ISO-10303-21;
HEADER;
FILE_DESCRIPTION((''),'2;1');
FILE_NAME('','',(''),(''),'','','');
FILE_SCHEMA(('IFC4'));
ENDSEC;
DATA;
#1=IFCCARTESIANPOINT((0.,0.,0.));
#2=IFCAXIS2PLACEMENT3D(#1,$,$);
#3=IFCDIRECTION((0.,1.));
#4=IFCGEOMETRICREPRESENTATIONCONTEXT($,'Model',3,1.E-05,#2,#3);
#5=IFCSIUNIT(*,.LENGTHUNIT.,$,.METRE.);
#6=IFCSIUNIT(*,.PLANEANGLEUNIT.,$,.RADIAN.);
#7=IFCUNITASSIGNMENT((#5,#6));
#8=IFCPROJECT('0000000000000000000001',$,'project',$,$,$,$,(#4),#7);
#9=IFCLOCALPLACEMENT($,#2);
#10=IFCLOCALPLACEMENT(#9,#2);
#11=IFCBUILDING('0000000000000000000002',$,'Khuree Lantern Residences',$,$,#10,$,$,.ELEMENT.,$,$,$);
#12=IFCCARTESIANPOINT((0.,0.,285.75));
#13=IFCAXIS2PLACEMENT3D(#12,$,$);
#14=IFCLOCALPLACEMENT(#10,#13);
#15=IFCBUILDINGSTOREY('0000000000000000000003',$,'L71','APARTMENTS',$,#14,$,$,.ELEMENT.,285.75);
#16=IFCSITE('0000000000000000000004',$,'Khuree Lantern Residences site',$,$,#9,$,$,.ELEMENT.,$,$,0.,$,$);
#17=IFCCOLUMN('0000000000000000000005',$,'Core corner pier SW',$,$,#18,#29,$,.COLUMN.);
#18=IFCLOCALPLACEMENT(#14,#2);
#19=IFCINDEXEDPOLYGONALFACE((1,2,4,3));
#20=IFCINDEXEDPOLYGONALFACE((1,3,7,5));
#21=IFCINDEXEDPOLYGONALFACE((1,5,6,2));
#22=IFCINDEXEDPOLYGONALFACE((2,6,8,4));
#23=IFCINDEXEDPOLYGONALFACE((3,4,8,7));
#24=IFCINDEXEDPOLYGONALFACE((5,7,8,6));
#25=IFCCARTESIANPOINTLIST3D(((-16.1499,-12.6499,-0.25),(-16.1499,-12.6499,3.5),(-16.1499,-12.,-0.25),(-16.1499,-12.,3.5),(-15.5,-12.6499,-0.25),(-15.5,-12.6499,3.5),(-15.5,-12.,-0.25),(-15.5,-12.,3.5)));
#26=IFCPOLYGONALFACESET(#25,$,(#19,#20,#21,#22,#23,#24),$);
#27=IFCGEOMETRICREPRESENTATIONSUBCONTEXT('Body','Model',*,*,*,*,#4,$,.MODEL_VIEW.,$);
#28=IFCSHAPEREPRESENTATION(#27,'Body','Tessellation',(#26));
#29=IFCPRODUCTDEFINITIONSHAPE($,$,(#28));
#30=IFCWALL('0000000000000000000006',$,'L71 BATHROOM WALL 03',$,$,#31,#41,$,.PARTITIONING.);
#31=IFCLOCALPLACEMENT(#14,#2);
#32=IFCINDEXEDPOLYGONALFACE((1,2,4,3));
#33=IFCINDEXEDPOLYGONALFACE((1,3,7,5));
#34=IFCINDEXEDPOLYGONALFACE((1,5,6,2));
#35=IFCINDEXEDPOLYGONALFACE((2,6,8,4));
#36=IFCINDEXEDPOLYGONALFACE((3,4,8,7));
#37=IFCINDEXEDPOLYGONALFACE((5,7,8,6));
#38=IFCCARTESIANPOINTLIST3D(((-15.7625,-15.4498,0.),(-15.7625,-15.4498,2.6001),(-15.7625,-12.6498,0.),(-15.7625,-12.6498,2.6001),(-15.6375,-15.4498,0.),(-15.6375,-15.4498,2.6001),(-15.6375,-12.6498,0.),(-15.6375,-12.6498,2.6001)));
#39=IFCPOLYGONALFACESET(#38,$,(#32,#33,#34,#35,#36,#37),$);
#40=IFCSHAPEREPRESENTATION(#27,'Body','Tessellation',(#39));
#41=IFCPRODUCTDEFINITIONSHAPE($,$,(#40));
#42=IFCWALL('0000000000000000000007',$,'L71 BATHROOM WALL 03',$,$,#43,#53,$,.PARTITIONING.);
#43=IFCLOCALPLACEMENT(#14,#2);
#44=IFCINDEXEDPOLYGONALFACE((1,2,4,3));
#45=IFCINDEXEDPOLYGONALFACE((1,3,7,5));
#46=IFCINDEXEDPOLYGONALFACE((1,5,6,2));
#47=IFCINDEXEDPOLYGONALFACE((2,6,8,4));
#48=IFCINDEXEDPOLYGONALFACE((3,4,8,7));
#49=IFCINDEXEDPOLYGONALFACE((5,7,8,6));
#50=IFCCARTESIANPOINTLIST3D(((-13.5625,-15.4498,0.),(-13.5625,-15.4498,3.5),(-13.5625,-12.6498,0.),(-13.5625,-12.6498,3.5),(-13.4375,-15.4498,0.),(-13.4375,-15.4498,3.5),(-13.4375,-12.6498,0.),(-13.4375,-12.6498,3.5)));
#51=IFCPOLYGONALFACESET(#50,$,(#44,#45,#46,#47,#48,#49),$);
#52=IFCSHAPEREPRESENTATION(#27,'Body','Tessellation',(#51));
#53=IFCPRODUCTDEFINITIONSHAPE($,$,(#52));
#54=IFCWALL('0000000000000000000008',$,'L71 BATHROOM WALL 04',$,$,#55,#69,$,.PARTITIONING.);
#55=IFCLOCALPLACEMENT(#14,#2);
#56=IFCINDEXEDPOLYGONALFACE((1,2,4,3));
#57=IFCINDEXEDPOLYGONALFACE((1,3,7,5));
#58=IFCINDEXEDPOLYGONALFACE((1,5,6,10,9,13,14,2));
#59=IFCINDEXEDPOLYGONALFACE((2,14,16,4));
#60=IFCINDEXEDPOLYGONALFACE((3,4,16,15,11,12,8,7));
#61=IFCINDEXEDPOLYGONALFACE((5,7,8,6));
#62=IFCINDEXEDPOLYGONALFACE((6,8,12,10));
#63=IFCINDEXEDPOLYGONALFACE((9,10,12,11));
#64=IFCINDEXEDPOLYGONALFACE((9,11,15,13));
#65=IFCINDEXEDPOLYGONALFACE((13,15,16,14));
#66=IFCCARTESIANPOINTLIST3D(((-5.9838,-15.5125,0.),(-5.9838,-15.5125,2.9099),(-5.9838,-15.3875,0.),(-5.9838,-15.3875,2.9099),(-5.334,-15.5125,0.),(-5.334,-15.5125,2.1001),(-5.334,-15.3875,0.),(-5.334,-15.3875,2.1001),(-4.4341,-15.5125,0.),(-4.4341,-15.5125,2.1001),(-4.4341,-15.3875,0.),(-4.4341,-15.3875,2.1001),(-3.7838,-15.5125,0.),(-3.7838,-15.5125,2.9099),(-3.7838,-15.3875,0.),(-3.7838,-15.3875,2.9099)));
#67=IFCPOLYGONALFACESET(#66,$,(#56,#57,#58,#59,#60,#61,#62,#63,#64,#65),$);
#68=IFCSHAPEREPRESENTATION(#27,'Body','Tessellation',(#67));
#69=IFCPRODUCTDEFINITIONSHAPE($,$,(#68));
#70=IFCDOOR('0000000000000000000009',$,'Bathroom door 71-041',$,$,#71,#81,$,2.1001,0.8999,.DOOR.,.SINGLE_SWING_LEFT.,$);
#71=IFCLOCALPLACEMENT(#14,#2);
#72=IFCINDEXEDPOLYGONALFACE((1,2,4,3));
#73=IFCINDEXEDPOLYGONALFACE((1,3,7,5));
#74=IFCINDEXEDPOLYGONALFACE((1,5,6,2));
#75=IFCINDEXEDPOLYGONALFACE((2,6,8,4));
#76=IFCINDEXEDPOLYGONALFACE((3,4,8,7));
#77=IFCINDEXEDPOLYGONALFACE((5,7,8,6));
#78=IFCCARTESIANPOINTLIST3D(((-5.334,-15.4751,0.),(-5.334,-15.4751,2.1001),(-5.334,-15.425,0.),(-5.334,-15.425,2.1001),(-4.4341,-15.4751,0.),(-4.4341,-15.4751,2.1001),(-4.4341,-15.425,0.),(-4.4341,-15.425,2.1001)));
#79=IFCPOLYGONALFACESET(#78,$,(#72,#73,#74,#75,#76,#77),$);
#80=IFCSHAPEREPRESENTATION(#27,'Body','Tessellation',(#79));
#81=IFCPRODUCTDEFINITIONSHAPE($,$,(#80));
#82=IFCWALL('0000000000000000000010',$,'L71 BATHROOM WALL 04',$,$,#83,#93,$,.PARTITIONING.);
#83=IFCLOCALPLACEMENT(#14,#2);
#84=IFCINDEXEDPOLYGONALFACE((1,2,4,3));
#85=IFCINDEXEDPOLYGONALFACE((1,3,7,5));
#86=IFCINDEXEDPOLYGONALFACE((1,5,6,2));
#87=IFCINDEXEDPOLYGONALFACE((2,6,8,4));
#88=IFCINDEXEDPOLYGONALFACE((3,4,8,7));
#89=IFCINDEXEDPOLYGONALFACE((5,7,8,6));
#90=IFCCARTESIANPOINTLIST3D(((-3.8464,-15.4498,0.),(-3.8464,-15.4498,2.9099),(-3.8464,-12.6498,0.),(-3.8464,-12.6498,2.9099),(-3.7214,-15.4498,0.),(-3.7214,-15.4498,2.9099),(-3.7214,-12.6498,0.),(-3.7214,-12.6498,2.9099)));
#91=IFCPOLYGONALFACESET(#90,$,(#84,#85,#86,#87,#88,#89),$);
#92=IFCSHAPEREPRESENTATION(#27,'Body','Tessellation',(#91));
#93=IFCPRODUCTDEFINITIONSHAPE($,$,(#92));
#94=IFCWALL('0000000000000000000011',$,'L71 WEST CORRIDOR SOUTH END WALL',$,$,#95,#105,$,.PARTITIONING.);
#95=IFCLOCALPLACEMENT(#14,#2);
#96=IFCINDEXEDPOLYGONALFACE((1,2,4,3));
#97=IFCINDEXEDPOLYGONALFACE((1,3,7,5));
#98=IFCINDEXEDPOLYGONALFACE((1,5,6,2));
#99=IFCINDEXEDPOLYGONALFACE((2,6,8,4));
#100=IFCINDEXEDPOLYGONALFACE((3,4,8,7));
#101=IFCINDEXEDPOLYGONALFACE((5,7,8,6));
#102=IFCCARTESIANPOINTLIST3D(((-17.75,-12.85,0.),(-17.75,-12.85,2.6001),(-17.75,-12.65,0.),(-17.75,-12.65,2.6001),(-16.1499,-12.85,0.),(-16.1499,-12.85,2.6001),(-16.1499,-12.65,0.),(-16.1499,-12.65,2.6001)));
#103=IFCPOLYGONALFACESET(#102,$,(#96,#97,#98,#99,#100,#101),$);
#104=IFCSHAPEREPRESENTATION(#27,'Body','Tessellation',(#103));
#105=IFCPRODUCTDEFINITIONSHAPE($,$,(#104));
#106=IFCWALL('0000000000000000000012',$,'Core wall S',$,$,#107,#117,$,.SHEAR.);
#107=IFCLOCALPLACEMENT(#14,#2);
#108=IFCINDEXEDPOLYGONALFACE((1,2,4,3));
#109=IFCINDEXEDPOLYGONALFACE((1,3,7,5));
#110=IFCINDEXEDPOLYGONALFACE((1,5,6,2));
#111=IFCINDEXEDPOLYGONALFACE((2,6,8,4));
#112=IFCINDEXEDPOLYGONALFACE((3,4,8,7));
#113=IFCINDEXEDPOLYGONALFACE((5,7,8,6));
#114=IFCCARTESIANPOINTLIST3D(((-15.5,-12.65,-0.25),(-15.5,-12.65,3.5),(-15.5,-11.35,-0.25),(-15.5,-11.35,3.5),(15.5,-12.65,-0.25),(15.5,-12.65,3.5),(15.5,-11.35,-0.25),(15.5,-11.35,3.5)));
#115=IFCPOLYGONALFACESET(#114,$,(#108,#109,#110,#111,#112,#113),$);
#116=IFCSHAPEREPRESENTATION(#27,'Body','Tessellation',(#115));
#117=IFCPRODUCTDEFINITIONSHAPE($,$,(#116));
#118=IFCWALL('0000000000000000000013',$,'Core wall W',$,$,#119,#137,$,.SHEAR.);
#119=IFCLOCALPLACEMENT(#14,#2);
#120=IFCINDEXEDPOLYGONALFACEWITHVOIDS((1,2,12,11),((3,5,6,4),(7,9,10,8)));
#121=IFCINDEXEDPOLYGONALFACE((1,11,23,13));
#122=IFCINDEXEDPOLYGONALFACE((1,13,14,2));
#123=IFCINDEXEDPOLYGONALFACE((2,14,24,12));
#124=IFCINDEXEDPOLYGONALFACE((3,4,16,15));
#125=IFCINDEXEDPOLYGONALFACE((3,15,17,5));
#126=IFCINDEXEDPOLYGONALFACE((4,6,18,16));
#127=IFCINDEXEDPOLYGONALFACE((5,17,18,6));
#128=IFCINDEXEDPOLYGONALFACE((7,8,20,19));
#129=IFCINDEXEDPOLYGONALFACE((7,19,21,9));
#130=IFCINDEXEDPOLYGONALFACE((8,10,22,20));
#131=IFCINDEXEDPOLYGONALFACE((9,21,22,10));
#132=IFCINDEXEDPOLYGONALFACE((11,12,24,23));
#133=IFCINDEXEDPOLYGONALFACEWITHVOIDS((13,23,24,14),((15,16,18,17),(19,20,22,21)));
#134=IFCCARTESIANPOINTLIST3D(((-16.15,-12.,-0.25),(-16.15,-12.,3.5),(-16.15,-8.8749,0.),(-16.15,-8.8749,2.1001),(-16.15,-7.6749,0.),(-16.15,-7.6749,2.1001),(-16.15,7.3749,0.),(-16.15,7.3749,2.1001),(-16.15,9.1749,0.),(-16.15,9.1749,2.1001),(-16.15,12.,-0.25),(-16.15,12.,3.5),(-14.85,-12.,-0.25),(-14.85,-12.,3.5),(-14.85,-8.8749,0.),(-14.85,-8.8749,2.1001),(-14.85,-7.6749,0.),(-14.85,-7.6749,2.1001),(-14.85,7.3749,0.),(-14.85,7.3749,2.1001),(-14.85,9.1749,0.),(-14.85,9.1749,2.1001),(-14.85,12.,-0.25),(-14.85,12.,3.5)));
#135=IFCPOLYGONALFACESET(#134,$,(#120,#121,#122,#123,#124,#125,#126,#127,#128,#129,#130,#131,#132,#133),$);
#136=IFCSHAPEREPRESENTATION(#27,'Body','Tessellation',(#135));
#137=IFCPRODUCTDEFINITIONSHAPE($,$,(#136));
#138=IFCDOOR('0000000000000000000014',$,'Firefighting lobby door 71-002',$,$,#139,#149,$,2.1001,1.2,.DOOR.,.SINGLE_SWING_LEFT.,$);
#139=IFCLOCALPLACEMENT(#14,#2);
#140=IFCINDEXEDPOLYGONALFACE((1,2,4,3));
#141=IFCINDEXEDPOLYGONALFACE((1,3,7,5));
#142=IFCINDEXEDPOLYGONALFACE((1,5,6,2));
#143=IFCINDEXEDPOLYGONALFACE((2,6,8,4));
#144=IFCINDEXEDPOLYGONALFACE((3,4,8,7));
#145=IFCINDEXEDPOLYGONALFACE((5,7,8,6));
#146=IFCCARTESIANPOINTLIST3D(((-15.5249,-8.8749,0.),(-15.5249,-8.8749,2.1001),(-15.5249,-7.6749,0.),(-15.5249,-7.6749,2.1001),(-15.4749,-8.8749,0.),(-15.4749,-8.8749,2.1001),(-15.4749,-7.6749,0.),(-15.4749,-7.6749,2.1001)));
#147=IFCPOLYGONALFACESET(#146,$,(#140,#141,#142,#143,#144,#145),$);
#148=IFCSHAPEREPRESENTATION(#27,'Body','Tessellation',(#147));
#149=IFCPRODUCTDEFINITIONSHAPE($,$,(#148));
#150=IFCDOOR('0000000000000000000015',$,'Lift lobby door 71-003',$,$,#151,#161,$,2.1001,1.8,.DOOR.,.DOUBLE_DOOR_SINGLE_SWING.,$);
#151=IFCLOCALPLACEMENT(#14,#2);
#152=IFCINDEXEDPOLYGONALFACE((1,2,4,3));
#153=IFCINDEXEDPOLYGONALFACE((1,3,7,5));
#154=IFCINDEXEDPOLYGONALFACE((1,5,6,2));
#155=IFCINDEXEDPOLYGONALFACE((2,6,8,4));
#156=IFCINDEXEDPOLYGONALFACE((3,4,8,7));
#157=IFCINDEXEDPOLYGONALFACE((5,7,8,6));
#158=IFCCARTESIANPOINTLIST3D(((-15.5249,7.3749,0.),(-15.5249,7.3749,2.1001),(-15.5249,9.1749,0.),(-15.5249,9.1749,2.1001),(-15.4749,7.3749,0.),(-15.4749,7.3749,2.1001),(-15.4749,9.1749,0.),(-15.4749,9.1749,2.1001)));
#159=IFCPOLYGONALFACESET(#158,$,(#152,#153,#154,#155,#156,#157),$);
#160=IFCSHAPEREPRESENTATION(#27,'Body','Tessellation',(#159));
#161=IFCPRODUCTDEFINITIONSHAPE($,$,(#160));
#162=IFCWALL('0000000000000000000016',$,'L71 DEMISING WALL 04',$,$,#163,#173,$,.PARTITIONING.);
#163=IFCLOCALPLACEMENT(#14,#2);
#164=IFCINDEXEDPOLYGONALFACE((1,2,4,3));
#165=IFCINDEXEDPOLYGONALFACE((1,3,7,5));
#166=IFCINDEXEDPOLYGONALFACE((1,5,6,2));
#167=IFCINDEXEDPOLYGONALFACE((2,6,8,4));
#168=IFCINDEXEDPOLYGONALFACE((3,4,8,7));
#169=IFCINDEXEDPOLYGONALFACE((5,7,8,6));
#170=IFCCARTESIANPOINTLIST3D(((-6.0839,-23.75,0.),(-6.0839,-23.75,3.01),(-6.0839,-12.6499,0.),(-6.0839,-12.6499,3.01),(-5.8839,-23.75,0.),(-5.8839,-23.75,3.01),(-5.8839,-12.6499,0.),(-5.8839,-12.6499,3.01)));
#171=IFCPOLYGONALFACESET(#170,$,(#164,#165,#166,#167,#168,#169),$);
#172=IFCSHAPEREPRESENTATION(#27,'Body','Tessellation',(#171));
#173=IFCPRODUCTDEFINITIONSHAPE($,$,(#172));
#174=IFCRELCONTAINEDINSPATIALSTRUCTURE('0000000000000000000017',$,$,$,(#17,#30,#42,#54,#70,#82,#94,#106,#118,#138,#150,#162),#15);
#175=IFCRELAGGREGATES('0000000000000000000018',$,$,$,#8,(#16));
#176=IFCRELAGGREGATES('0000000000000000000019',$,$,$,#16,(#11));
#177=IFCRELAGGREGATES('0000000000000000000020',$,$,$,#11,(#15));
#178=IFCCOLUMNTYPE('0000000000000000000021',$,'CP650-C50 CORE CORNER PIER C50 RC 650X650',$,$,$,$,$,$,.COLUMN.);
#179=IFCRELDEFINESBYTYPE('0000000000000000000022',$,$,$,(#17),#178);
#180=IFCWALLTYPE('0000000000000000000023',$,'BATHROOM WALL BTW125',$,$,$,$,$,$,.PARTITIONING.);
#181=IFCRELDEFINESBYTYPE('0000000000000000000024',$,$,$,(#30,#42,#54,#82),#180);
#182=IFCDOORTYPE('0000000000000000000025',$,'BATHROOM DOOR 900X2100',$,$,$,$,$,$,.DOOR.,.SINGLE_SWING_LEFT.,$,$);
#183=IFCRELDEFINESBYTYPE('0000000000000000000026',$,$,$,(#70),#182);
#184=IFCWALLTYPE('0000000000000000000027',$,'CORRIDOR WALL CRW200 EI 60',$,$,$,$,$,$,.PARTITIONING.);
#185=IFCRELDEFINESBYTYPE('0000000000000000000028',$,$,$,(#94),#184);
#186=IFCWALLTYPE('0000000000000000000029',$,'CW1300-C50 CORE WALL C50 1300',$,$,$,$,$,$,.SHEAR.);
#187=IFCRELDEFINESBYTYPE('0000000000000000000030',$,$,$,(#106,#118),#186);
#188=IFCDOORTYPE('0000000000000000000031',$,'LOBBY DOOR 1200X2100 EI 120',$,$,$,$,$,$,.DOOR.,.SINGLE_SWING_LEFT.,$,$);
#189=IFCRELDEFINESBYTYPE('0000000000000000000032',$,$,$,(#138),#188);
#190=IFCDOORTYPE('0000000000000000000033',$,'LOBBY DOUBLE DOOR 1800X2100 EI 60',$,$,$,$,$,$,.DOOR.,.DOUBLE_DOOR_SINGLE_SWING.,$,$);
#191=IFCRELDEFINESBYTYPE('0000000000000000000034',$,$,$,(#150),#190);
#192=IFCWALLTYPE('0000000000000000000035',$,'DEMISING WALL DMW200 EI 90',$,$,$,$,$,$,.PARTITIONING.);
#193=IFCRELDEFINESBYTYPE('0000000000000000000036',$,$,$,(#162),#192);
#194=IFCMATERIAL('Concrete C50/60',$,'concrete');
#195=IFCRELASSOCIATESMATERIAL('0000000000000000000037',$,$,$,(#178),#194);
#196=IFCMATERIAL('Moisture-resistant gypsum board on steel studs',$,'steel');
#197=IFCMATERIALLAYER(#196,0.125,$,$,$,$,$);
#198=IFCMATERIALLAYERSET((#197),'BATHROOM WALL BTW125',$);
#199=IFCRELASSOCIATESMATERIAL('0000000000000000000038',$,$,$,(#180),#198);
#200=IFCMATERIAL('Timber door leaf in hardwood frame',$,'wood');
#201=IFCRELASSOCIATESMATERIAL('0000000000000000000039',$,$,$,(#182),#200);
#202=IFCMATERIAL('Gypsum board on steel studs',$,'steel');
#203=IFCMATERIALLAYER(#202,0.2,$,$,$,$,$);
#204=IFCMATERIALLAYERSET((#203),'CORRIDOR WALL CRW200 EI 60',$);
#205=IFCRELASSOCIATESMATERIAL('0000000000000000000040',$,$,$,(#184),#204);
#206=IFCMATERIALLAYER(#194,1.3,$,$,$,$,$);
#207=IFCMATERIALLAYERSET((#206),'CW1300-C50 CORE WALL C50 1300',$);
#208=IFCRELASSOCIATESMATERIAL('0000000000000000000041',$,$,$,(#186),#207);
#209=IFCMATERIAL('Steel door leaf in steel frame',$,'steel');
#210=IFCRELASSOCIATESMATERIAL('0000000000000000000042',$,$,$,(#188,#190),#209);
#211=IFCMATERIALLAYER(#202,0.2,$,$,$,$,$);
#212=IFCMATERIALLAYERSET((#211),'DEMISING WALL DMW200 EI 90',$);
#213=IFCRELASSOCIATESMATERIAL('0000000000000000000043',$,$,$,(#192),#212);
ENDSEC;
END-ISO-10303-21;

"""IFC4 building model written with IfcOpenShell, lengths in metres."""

from ifc_helpers import new_model, si_unit, direction, frame, frame_2d, origin, origin_2d, place, context, subcontext, project, spatial, rectangle, extrude, material, layer, layer_set, material_profile, profile_set, type_object, element, fill, save


model = new_model("IFC4")

# Units and contexts
model_context = context("Model", 3, precision=1e-05, world=origin(), true_north=direction((0.0, 1.0)))
body_context = subcontext(model_context, "Body", "Model", "MODEL_VIEW")
ifc_project = project(units=[si_unit("LENGTHUNIT", "METRE"), si_unit("PLANEANGLEUNIT", "RADIAN")], contexts=[model_context])

# Site, building, storey
site_placement = place(None, origin())
site = spatial("IfcSite", under=ifc_project, at=site_placement, Name="Khuree Lantern Residences site", CompositionType="ELEMENT", RefElevation=0.0)
building_placement = place(site_placement, origin())
building = spatial("IfcBuilding", under=site, at=building_placement, Name="Khuree Lantern Residences", CompositionType="ELEMENT")
storey_placement = place(building_placement, frame((0.0, 0.0, 285.75)))
storey = spatial("IfcBuildingStorey", under=building, at=storey_placement, Name="L71", Description="APARTMENTS", CompositionType="ELEMENT", Elevation=285.75)

# Column
ifc_material_1 = material(Name="Concrete C50/60", Category="concrete")
ifc_material_profile = material_profile(ifc_material_1, rectangle(XDim=0.6499, YDim=0.6499, at=origin_2d()), Name="RC 650X650")
ifc_profile_set = profile_set([ifc_material_profile], Name="Concrete C50/60")
column_type = type_object("IfcColumnType", Name="CP650-C50 CORE CORNER PIER C50 RC 650X650", PredefinedType="COLUMN", material=ifc_profile_set)
column_placement = place(storey_placement, frame((-15.825, -12.325, -0.25), z_axis=(0.0, 0.0, 1.0), x_axis=(1.0, 0.0, 0.0)))
element("IfcColumn", 1, at=column_placement, inside=storey, type_object=column_type, Name="Core corner pier SW", PredefinedType="COLUMN", context=body_context, shape_type="SweptSolid", body=[
    extrude(rectangle(XDim=0.6499, YDim=0.6499, at=origin_2d()), origin(), (0.0, 0.0, 1.0), 3.75),
])

# Walls
ifc_material_2 = material(Name="Moisture-resistant gypsum board on steel studs", Category="steel")
ifc_layer_1 = layer(ifc_material_2, 0.125)
ifc_layer_set_1 = layer_set([ifc_layer_1], Name="BATHROOM WALL BTW125")
wall_type_1 = type_object("IfcWallType", Name="BATHROOM WALL BTW125", PredefinedType="PARTITIONING", material=ifc_layer_set_1)
wall_1_placement = place(storey_placement, frame((-15.7, -12.6499, 0.0), z_axis=(0.0, 0.0, 1.0), x_axis=(0.0, -1.0, 0.0)))
element("IfcWall", 2, at=wall_1_placement, inside=storey, type_object=wall_type_1, Name="L71 BATHROOM WALL 03", PredefinedType="PARTITIONING", context=body_context, shape_type="SweptSolid", body=[
    extrude(rectangle(XDim=2.8, YDim=0.125, at=frame_2d((1.3999, 0.0))), origin(), (0.0, 0.0, 1.0), 2.6001),
])
wall_2_placement = place(storey_placement, frame((-13.5, -12.6499, 0.0), z_axis=(0.0, 0.0, 1.0), x_axis=(0.0, -1.0, 0.0)))
element("IfcWall", 3, at=wall_2_placement, inside=storey, type_object=wall_type_1, Name="L71 BATHROOM WALL 03", PredefinedType="PARTITIONING", context=body_context, shape_type="SweptSolid", body=[
    extrude(rectangle(XDim=2.8, YDim=0.125, at=frame_2d((1.3999, 0.0))), origin(), (0.0, 0.0, 1.0), 3.5),
])

# Wall, opening, door
wall_3_placement = place(storey_placement, frame((-5.9839, -15.45, 0.0), z_axis=(0.0, 0.0, 1.0), x_axis=(1.0, 0.0, 0.0)))
wall_3 = element("IfcWall", 4, at=wall_3_placement, inside=storey, type_object=wall_type_1, Name="L71 BATHROOM WALL 04", PredefinedType="PARTITIONING", context=body_context, shape_type="SweptSolid", body=[
    extrude(rectangle(XDim=2.2, YDim=0.125, at=frame_2d((1.1001, 0.0))), origin(), (0.0, 0.0, 1.0), 2.9099),
])
opening_1_placement = place(wall_3_placement, frame((0.6499, 0.0, 0.0)))
opening_1 = element("IfcOpeningElement", 5, at=opening_1_placement, cuts=wall_3, PredefinedType="OPENING", context=body_context, shape_type="SweptSolid", body=[
    extrude(rectangle(XDim=0.8999, YDim=2.1001, at=frame_2d((0.45, 1.05))), frame((0.0, 0.0725, 0.0), z_axis=(0.0, -1.0, 0.0), x_axis=(1.0, 0.0, 0.0)), (0.0, 0.0, 1.0), 0.145),
])
ifc_material_3 = material(Name="Timber door leaf in hardwood frame", Category="wood")
door_type_1 = type_object("IfcDoorType", Name="BATHROOM DOOR 900X2100", OperationType="SINGLE_SWING_LEFT", PredefinedType="DOOR", material=ifc_material_3)
door_1_placement = place(opening_1_placement, origin())
door_1 = element("IfcDoor", 6, at=door_1_placement, inside=storey, type_object=door_type_1, Name="Bathroom door 71-041", OperationType="SINGLE_SWING_LEFT", OverallHeight=2.1001, OverallWidth=0.8999, PredefinedType="DOOR", context=body_context, shape_type="SweptSolid", body=[
    extrude(rectangle(XDim=0.8999, YDim=2.1001, at=frame_2d((0.45, 1.05))), frame((0.0, 0.0249, 0.0), z_axis=(0.0, -1.0, 0.0), x_axis=(1.0, 0.0, 0.0)), (0.0, 0.0, 1.0), 0.05),
])
fill(opening_1, door_1)

# Walls
wall_4_placement = place(storey_placement, frame((-3.7839, -12.6499, 0.0), z_axis=(0.0, 0.0, 1.0), x_axis=(0.0, -1.0, 0.0)))
element("IfcWall", 7, at=wall_4_placement, inside=storey, type_object=wall_type_1, Name="L71 BATHROOM WALL 04", PredefinedType="PARTITIONING", context=body_context, shape_type="SweptSolid", body=[
    extrude(rectangle(XDim=2.8, YDim=0.125, at=frame_2d((1.3999, 0.0))), origin(), (0.0, 0.0, 1.0), 2.9099),
])
ifc_material_4 = material(Name="Gypsum board on steel studs", Category="steel")
ifc_layer_2 = layer(ifc_material_4, 0.2)
ifc_layer_set_2 = layer_set([ifc_layer_2], Name="CORRIDOR WALL CRW200 EI 60")
wall_type_2 = type_object("IfcWallType", Name="CORRIDOR WALL CRW200 EI 60", PredefinedType="PARTITIONING", material=ifc_layer_set_2)
wall_5_placement = place(storey_placement, frame((-16.1499, -12.75, 0.0), z_axis=(0.0, 0.0, 1.0), x_axis=(-1.0, 0.0, 0.0)))
element("IfcWall", 8, at=wall_5_placement, inside=storey, type_object=wall_type_2, Name="L71 WEST CORRIDOR SOUTH END WALL", PredefinedType="PARTITIONING", context=body_context, shape_type="SweptSolid", body=[
    extrude(rectangle(XDim=1.6001, YDim=0.2, at=frame_2d((0.8, 0.0))), origin(), (0.0, 0.0, 1.0), 2.6001),
])
ifc_layer_3 = layer(ifc_material_1, 1.3)
ifc_layer_set_3 = layer_set([ifc_layer_3], Name="CW1300-C50 CORE WALL C50 1300")
wall_type_3 = type_object("IfcWallType", Name="CW1300-C50 CORE WALL C50 1300", PredefinedType="SHEAR", material=ifc_layer_set_3)
wall_6_placement = place(storey_placement, frame((-15.5, -12.0, -0.25), z_axis=(0.0, 0.0, 1.0), x_axis=(1.0, 0.0, 0.0)))
element("IfcWall", 9, at=wall_6_placement, inside=storey, type_object=wall_type_3, Name="Core wall S", PredefinedType="SHEAR", context=body_context, shape_type="SweptSolid", body=[
    extrude(rectangle(XDim=31.0, YDim=1.3, at=frame_2d((15.5, 0.0))), origin(), (0.0, 0.0, 1.0), 3.75),
])

# Wall, openings, doors
wall_7_placement = place(storey_placement, frame((-15.5, -12.0, -0.25), z_axis=(0.0, 0.0, 1.0), x_axis=(0.0, 1.0, 0.0)))
wall_7 = element("IfcWall", 10, at=wall_7_placement, inside=storey, type_object=wall_type_3, Name="Core wall W", PredefinedType="SHEAR", context=body_context, shape_type="SweptSolid", body=[
    extrude(rectangle(XDim=24.0, YDim=1.3, at=frame_2d((12.0, 0.0))), origin(), (0.0, 0.0, 1.0), 3.75),
])
opening_2_placement = place(wall_7_placement, frame((3.125, 0.0, 0.25)))
opening_2 = element("IfcOpeningElement", 11, at=opening_2_placement, cuts=wall_7, PredefinedType="OPENING", context=body_context, shape_type="SweptSolid", body=[
    extrude(rectangle(XDim=1.2, YDim=2.1001, at=frame_2d((0.6001, 1.05))), frame((0.0, 0.6602, 0.0), z_axis=(0.0, -1.0, 0.0), x_axis=(1.0, 0.0, 0.0)), (0.0, 0.0, 1.0), 1.3201),
])
opening_3_placement = place(wall_7_placement, frame((19.375, 0.0, 0.25)))
opening_3 = element("IfcOpeningElement", 12, at=opening_3_placement, cuts=wall_7, PredefinedType="OPENING", context=body_context, shape_type="SweptSolid", body=[
    extrude(rectangle(XDim=1.8, YDim=2.1001, at=frame_2d((0.8999, 1.05))), frame((0.0, 0.6602, 0.0), z_axis=(0.0, -1.0, 0.0), x_axis=(1.0, 0.0, 0.0)), (0.0, 0.0, 1.0), 1.3201),
])
ifc_material_5 = material(Name="Steel door leaf in steel frame", Category="steel")
door_type_2 = type_object("IfcDoorType", Name="LOBBY DOOR 1200X2100 EI 120", OperationType="SINGLE_SWING_LEFT", PredefinedType="DOOR", material=ifc_material_5)
door_2_placement = place(opening_2_placement, origin())
door_2 = element("IfcDoor", 13, at=door_2_placement, inside=storey, type_object=door_type_2, Name="Firefighting lobby door 71-002", OperationType="SINGLE_SWING_LEFT", OverallHeight=2.1001, OverallWidth=1.2, PredefinedType="DOOR", context=body_context, shape_type="SweptSolid", body=[
    extrude(rectangle(XDim=1.2, YDim=2.1001, at=frame_2d((0.6001, 1.05))), frame((0.0, 0.0249, 0.0), z_axis=(0.0, -1.0, 0.0), x_axis=(1.0, 0.0, 0.0)), (0.0, 0.0, 1.0), 0.05),
])
fill(opening_2, door_2)
door_type_3 = type_object("IfcDoorType", Name="LOBBY DOUBLE DOOR 1800X2100 EI 60", OperationType="DOUBLE_DOOR_SINGLE_SWING", PredefinedType="DOOR", material=ifc_material_5)
door_3_placement = place(opening_3_placement, origin())
door_3 = element("IfcDoor", 14, at=door_3_placement, inside=storey, type_object=door_type_3, Name="Lift lobby door 71-003", OperationType="DOUBLE_DOOR_SINGLE_SWING", OverallHeight=2.1001, OverallWidth=1.8, PredefinedType="DOOR", context=body_context, shape_type="SweptSolid", body=[
    extrude(rectangle(XDim=1.8, YDim=2.1001, at=frame_2d((0.8999, 1.05))), frame((0.0, 0.0249, 0.0), z_axis=(0.0, -1.0, 0.0), x_axis=(1.0, 0.0, 0.0)), (0.0, 0.0, 1.0), 0.05),
])
fill(opening_3, door_3)

# Wall
ifc_layer_4 = layer(ifc_material_4, 0.2)
ifc_layer_set_4 = layer_set([ifc_layer_4], Name="DEMISING WALL DMW200 EI 90")
wall_type_4 = type_object("IfcWallType", Name="DEMISING WALL DMW200 EI 90", PredefinedType="PARTITIONING", material=ifc_layer_set_4)
wall_8_placement = place(storey_placement, frame((-5.9839, -12.6499, 0.0), z_axis=(0.0, 0.0, 1.0), x_axis=(0.0, -1.0, 0.0)))
element("IfcWall", 15, at=wall_8_placement, inside=storey, type_object=wall_type_4, Name="L71 DEMISING WALL 04", PredefinedType="PARTITIONING", context=body_context, shape_type="SweptSolid", body=[
    extrude(rectangle(XDim=11.1001, YDim=0.2, at=frame_2d((5.55, 0.0))), origin(), (0.0, 0.0, 1.0), 3.01),
])

save(model, "model.ifc")
